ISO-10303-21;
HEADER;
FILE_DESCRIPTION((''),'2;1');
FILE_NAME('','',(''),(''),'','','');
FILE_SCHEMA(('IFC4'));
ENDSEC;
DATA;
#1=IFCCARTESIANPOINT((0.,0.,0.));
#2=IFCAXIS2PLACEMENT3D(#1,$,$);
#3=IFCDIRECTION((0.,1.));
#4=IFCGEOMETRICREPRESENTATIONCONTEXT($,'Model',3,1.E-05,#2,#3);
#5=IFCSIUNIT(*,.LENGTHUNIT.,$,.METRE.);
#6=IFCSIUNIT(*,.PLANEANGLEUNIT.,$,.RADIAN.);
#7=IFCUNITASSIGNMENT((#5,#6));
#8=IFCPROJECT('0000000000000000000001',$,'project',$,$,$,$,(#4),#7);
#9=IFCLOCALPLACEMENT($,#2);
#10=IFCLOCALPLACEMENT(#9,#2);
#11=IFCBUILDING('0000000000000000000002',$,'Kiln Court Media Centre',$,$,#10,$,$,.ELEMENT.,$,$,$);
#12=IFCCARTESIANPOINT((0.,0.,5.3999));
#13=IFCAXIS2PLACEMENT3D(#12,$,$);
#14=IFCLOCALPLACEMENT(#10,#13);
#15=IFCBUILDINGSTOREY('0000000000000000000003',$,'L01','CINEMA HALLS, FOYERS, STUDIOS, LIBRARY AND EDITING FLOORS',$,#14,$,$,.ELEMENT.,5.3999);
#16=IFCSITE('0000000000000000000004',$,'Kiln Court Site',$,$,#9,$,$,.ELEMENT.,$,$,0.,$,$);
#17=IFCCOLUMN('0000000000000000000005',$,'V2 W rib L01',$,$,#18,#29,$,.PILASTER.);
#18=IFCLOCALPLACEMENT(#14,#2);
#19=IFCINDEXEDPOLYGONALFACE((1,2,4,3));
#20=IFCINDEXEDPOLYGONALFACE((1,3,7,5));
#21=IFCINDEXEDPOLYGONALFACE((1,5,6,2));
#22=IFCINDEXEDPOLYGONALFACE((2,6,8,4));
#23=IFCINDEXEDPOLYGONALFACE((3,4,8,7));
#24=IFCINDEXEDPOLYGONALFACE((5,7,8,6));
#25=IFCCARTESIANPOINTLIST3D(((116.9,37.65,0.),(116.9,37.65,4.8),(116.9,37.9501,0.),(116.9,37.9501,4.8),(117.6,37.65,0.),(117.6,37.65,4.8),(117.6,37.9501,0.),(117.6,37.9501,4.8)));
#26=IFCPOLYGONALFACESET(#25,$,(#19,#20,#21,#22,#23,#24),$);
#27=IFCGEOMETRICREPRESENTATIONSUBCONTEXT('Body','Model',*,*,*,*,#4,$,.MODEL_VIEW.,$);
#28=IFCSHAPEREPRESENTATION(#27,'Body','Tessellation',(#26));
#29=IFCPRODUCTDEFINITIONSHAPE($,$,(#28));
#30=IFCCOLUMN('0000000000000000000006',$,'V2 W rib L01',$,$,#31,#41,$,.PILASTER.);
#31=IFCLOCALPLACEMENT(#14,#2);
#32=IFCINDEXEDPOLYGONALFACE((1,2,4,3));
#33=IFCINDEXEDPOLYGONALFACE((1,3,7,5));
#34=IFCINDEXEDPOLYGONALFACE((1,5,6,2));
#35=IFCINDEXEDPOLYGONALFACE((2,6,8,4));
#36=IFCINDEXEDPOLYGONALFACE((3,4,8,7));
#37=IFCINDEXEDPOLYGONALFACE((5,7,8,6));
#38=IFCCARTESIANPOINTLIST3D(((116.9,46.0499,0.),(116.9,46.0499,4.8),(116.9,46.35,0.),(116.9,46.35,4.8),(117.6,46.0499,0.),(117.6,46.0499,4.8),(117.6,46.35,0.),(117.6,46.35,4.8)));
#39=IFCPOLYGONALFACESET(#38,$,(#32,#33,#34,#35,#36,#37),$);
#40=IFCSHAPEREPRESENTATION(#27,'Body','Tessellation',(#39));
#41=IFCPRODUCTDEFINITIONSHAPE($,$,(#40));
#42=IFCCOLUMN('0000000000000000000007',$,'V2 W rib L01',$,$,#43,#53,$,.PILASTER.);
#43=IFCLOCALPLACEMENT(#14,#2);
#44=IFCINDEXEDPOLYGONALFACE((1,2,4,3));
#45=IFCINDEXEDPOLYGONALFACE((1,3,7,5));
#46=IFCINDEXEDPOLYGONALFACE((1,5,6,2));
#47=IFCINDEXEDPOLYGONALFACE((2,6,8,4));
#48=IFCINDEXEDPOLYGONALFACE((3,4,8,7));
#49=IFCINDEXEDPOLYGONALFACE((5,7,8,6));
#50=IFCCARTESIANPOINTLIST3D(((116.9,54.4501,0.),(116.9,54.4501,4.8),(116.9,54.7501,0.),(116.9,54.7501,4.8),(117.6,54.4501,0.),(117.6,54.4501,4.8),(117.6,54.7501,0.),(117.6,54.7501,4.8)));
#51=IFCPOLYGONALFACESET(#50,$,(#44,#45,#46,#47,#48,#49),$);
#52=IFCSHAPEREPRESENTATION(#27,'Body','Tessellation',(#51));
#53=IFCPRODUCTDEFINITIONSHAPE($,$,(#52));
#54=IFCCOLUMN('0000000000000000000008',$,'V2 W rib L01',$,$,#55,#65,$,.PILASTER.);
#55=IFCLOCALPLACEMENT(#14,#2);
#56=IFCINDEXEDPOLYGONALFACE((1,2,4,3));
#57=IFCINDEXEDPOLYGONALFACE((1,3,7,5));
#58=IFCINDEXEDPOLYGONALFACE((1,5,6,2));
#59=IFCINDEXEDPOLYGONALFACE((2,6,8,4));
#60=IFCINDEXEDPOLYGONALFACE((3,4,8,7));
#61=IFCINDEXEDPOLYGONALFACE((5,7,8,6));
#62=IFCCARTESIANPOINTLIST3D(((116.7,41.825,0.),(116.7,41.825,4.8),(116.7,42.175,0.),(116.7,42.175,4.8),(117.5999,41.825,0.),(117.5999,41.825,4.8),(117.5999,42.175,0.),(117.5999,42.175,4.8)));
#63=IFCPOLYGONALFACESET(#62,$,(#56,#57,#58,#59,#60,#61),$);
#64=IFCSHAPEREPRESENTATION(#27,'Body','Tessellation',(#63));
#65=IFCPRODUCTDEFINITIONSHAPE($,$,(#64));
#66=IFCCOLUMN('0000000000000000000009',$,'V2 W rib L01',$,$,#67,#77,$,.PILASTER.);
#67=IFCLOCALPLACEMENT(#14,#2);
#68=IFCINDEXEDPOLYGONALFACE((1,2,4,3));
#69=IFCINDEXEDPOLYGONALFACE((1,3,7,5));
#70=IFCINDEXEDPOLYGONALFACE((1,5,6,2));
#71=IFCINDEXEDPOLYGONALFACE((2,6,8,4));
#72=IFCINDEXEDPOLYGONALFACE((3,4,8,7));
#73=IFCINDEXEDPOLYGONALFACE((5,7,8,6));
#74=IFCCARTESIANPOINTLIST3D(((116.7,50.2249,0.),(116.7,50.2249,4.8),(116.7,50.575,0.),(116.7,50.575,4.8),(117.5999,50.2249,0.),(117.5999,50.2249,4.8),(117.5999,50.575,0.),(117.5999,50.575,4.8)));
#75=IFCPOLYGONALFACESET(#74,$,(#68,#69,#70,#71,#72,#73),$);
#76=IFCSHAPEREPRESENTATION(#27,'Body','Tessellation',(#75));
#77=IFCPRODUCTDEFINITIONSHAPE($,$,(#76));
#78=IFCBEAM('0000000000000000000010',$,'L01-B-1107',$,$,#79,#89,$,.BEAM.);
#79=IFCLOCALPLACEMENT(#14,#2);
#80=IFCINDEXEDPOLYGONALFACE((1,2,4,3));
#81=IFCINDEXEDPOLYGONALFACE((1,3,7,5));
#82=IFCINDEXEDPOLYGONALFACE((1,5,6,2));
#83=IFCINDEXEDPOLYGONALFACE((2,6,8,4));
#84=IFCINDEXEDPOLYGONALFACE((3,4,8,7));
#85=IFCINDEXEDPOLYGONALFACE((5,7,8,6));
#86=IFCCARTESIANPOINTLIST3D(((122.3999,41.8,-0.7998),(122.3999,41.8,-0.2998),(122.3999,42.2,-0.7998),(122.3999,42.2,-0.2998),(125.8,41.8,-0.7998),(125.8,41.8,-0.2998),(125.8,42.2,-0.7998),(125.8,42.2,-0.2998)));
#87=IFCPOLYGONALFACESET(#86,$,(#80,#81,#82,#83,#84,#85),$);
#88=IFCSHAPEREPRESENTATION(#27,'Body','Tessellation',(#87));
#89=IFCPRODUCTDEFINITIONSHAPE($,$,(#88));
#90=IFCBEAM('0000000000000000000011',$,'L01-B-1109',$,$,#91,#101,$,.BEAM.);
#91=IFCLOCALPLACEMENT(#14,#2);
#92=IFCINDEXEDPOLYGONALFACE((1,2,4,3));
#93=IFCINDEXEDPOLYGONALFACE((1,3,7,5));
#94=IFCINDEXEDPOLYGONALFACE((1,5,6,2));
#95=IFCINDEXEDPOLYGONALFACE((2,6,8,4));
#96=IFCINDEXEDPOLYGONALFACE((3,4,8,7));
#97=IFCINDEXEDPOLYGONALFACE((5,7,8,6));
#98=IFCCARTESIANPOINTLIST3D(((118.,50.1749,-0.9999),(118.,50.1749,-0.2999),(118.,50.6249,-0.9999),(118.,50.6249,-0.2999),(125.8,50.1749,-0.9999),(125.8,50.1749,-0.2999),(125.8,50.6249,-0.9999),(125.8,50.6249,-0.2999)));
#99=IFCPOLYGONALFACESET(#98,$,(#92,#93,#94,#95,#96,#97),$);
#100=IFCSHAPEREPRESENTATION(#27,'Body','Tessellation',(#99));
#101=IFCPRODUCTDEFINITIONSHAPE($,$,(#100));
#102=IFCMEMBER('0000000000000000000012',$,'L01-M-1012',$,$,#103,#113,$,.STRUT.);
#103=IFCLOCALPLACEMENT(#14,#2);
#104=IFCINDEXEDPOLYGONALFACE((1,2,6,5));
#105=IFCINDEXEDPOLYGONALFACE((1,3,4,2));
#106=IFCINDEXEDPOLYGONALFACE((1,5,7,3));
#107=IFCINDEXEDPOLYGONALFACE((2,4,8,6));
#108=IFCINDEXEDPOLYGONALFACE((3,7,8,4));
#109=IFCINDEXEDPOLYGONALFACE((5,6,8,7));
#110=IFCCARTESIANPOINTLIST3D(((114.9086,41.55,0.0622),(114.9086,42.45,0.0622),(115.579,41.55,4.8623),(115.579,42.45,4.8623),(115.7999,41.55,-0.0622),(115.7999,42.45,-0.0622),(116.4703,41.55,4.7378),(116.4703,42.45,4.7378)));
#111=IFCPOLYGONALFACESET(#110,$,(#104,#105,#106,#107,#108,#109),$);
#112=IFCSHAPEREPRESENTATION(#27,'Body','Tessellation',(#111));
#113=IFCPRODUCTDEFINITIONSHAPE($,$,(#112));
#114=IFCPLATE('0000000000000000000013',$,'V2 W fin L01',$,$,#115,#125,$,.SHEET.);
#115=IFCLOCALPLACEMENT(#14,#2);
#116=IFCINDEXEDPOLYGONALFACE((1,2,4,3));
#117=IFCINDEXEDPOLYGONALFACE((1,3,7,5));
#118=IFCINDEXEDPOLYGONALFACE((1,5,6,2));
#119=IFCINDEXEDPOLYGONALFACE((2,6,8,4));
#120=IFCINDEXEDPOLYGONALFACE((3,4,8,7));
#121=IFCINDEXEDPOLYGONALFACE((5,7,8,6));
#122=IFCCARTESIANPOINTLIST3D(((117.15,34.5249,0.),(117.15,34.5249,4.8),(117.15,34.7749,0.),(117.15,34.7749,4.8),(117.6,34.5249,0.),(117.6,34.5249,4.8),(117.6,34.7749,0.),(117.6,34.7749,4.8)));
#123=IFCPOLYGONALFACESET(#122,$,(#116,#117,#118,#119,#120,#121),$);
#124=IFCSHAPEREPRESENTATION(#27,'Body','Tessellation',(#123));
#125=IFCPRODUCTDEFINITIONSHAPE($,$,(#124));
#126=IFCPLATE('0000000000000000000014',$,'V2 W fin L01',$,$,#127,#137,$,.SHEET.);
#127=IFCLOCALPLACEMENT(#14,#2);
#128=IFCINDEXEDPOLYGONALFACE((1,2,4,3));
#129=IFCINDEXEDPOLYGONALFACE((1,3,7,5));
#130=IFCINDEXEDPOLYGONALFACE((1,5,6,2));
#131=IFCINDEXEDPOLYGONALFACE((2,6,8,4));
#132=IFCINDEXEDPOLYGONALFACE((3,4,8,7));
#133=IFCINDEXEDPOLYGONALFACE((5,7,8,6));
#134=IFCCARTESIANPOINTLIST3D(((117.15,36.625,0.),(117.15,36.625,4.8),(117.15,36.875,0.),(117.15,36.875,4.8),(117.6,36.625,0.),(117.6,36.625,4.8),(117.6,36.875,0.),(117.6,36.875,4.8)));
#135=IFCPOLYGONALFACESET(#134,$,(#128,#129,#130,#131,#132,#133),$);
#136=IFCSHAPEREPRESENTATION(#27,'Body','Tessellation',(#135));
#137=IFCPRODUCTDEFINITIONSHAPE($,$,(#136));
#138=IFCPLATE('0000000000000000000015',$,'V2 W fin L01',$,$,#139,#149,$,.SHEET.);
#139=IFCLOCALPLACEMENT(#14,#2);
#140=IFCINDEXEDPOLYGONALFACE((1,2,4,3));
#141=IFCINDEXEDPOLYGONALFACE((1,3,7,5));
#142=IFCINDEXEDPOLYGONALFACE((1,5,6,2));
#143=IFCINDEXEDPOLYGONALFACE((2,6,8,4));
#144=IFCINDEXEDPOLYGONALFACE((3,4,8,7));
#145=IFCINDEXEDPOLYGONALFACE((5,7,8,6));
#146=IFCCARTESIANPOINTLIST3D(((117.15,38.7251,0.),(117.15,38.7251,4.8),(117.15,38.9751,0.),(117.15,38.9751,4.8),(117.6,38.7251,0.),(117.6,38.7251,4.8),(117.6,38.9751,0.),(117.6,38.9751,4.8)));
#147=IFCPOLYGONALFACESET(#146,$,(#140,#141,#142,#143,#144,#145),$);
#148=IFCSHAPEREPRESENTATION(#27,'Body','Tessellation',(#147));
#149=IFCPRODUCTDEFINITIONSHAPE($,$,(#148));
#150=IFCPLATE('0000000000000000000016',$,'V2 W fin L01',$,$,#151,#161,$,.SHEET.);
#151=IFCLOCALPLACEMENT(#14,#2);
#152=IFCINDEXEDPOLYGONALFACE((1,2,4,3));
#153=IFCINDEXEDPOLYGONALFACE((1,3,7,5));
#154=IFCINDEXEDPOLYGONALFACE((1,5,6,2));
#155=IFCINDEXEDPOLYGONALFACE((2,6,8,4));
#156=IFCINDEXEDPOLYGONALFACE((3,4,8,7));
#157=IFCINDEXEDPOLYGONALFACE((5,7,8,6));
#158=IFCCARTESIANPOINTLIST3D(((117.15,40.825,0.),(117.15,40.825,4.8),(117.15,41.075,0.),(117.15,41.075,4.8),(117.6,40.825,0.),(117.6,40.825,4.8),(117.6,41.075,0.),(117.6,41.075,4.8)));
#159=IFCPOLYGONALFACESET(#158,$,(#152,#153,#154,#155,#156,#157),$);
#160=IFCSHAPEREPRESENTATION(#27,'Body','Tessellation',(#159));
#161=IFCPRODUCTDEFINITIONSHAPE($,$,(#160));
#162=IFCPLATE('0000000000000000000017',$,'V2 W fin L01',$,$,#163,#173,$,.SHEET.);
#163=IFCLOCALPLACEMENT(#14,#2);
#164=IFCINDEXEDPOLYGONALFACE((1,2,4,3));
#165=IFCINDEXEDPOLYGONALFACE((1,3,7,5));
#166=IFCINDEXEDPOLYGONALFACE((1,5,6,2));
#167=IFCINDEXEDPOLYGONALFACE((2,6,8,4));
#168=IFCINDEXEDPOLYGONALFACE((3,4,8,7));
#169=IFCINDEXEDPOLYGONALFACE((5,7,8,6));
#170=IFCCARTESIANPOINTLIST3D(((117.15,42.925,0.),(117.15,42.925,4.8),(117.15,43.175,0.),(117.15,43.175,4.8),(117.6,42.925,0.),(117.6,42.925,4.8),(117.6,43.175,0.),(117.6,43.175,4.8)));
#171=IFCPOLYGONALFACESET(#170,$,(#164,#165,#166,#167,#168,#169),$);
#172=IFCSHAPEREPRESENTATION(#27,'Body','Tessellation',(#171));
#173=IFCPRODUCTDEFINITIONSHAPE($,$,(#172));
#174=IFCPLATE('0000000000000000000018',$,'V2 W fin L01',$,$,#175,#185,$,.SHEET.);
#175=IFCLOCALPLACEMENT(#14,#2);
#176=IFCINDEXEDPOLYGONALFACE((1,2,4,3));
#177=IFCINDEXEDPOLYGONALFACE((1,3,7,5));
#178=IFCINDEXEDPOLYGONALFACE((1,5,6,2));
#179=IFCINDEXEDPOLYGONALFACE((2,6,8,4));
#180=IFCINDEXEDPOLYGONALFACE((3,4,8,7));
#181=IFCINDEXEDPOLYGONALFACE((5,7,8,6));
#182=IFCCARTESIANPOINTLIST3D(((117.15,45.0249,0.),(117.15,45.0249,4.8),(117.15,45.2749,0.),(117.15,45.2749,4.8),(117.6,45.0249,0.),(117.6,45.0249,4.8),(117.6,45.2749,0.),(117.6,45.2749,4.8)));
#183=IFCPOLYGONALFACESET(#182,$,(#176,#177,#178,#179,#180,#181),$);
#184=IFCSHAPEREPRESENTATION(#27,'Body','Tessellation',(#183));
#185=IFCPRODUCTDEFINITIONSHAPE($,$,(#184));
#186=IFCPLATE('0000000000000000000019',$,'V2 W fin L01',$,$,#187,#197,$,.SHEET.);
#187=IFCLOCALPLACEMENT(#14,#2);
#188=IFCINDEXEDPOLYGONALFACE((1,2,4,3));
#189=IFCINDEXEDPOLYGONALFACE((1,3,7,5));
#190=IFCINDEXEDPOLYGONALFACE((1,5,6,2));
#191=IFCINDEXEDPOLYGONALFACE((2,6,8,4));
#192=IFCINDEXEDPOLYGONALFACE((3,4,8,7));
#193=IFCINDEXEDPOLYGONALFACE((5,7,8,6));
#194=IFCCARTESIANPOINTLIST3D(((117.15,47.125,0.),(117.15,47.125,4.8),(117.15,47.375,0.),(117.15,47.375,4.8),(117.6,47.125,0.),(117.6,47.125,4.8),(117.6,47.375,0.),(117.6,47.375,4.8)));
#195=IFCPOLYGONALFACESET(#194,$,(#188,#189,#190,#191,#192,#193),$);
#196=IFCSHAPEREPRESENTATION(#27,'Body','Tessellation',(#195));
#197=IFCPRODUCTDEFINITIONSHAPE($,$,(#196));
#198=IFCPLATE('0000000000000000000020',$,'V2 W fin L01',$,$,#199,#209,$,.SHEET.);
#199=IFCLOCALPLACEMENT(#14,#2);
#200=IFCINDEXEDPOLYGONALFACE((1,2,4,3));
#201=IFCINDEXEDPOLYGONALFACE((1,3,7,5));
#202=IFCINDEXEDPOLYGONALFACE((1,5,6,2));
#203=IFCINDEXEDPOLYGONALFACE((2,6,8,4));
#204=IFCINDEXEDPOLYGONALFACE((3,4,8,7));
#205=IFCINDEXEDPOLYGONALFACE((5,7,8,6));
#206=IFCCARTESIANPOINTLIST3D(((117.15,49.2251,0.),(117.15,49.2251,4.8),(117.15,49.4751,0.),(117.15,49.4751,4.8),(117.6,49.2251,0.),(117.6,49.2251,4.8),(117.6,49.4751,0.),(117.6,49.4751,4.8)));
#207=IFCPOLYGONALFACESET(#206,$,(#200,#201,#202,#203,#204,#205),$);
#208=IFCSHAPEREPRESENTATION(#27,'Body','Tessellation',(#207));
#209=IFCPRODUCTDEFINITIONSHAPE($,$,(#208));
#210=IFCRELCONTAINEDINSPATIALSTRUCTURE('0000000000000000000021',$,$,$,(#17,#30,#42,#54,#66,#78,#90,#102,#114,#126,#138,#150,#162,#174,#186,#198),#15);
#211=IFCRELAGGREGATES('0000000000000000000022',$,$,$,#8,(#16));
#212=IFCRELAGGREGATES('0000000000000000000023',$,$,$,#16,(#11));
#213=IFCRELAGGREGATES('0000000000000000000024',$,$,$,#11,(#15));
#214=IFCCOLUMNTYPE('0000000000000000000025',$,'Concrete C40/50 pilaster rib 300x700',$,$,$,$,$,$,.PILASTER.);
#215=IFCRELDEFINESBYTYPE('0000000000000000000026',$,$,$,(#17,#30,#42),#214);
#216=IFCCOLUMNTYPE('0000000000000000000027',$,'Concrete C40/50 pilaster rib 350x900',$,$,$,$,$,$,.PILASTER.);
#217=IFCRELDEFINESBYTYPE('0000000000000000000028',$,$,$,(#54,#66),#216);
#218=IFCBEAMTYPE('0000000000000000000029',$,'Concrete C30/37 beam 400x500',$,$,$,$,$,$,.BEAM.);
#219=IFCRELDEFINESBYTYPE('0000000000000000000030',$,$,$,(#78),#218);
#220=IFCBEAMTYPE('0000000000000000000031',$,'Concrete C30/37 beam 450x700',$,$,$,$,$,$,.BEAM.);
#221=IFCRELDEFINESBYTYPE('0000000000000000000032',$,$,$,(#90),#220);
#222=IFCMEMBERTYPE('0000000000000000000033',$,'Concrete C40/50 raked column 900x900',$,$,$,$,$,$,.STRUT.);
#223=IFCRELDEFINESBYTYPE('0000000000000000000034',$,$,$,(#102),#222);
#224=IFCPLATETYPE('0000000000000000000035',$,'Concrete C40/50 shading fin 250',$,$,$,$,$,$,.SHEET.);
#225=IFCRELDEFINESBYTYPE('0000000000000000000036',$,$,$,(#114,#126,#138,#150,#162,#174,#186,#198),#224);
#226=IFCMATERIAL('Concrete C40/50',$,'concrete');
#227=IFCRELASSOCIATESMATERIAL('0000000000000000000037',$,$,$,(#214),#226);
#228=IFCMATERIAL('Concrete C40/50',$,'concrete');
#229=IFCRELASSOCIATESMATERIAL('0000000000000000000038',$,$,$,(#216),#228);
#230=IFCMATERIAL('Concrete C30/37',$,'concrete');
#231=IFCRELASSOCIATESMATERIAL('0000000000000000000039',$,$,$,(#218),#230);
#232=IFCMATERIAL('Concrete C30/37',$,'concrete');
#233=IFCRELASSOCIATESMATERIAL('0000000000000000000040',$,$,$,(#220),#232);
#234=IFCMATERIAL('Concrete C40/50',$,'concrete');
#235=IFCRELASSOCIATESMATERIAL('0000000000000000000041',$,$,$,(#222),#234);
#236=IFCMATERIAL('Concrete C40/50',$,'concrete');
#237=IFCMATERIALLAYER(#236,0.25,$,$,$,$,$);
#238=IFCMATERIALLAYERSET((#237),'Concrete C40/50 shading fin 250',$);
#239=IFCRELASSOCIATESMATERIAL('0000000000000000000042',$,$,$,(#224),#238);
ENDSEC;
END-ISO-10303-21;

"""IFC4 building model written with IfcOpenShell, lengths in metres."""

from ifc_helpers import new_model, si_unit, direction, frame, origin, origin_2d, place, context, subcontext, project, spatial, rectangle, extrude, material, layer, layer_set, material_profile, profile_set, type_object, element, save


model = new_model("IFC4")

# Units and contexts
model_context = context("Model", 3, precision=1e-05, world=origin(), true_north=direction((0.0, 1.0)))
body_context = subcontext(model_context, "Body", "Model", "MODEL_VIEW")
ifc_project = project(units=[si_unit("LENGTHUNIT", "METRE"), si_unit("PLANEANGLEUNIT", "RADIAN")], contexts=[model_context])

# Site, building, storey
site_placement = place(None, origin())
site = spatial("IfcSite", under=ifc_project, at=site_placement, Name="Kiln Court Site", CompositionType="ELEMENT", RefElevation=0.0)
building_placement = place(site_placement, origin())
building = spatial("IfcBuilding", under=site, at=building_placement, Name="Kiln Court Media Centre", CompositionType="ELEMENT")
storey_placement = place(building_placement, frame((0.0, 0.0, 5.3999)))
storey = spatial("IfcBuildingStorey", under=building, at=storey_placement, Name="L01", Description="CINEMA HALLS, FOYERS, STUDIOS, LIBRARY AND EDITING FLOORS", CompositionType="ELEMENT", Elevation=5.3999)

# Columns
ifc_material_1 = material(Name="Concrete C40/50", Category="concrete")
ifc_material_profile_1 = material_profile(ifc_material_1, rectangle(XDim=0.3, YDim=0.7, at=origin_2d()), Name="RC 300x700")
ifc_profile_set_1 = profile_set([ifc_material_profile_1], Name="Concrete C40/50")
column_type_1 = type_object("IfcColumnType", Name="Concrete C40/50 pilaster rib 300x700", PredefinedType="PILASTER", material=ifc_profile_set_1)
for number, where, z_axis, x_axis, name in (
    (1, (117.25, 37.8, 0.0), (0.0, 0.0, 1.0), (0.0, 1.0, 0.0), "V2 W rib L01"),
    (2, (117.25, 46.2, 0.0), (0.0, 0.0, 1.0), (0.0, 1.0, 0.0), "V2 W rib L01"),
    (3, (117.25, 54.6001, 0.0), (0.0, 0.0, 1.0), (0.0, 1.0, 0.0), "V2 W rib L01"),
):
    element("IfcColumn", number, at=place(storey_placement, frame(where, z_axis=z_axis, x_axis=x_axis)), inside=storey, type_object=column_type_1, Name=name, PredefinedType="PILASTER", context=body_context, shape_type="SweptSolid", body=[
        extrude(rectangle(XDim=0.3, YDim=0.7, at=origin_2d()), origin(), (0.0, 0.0, 1.0), 4.8),
    ])
ifc_material_2 = material(Name="Concrete C40/50", Category="concrete")
ifc_material_profile_2 = material_profile(ifc_material_2, rectangle(XDim=0.3501, YDim=0.8999, at=origin_2d()), Name="RC 350x900")
ifc_profile_set_2 = profile_set([ifc_material_profile_2], Name="Concrete C40/50")
column_type_2 = type_object("IfcColumnType", Name="Concrete C40/50 pilaster rib 350x900", PredefinedType="PILASTER", material=ifc_profile_set_2)
for number, where, z_axis, x_axis, name in (
    (4, (117.1499, 42.0, 0.0), (0.0, 0.0, 1.0), (0.0, 1.0, 0.0), "V2 W rib L01"),
    (5, (117.1499, 50.3999, 0.0), (0.0, 0.0, 1.0), (0.0, 1.0, 0.0), "V2 W rib L01"),
):
    element("IfcColumn", number, at=place(storey_placement, frame(where, z_axis=z_axis, x_axis=x_axis)), inside=storey, type_object=column_type_2, Name=name, PredefinedType="PILASTER", context=body_context, shape_type="SweptSolid", body=[
        extrude(rectangle(XDim=0.3501, YDim=0.8999, at=origin_2d()), origin(), (0.0, 0.0, 1.0), 4.8),
    ])

# Beams
ifc_material_3 = material(Name="Concrete C30/37", Category="concrete")
ifc_material_profile_3 = material_profile(ifc_material_3, rectangle(XDim=0.3999, YDim=0.5, at=origin_2d()), Name="RC 400x500")
ifc_profile_set_3 = profile_set([ifc_material_profile_3], Name="Concrete C30/37")
beam_type_1 = type_object("IfcBeamType", Name="Concrete C30/37 beam 400x500", PredefinedType="BEAM", material=ifc_profile_set_3)
beam_1_placement = place(storey_placement, frame((122.3999, 42.0, -0.5498), z_axis=(1.0, 0.0, 0.0), x_axis=(0.0, 1.0, 0.0)))
element("IfcBeam", 6, at=beam_1_placement, inside=storey, type_object=beam_type_1, Name="L01-B-1107", PredefinedType="BEAM", context=body_context, shape_type="SweptSolid", body=[
    extrude(rectangle(XDim=0.3999, YDim=0.5, at=origin_2d()), origin(), (0.0, 0.0, 1.0), 3.4001),
])
ifc_material_4 = material(Name="Concrete C30/37", Category="concrete")
ifc_material_profile_4 = material_profile(ifc_material_4, rectangle(XDim=0.45, YDim=0.7, at=origin_2d()), Name="RC 450x700")
ifc_profile_set_4 = profile_set([ifc_material_profile_4], Name="Concrete C30/37")
beam_type_2 = type_object("IfcBeamType", Name="Concrete C30/37 beam 450x700", PredefinedType="BEAM", material=ifc_profile_set_4)
beam_2_placement = place(storey_placement, frame((118.0, 50.3999, -0.6499), z_axis=(1.0, 0.0, 0.0), x_axis=(0.0, 1.0, 0.0)))
element("IfcBeam", 7, at=beam_2_placement, inside=storey, type_object=beam_type_2, Name="L01-B-1109", PredefinedType="BEAM", context=body_context, shape_type="SweptSolid", body=[
    extrude(rectangle(XDim=0.45, YDim=0.7, at=origin_2d()), origin(), (0.0, 0.0, 1.0), 7.8),
])

# Member
ifc_material_5 = material(Name="Concrete C40/50", Category="concrete")
ifc_material_profile_5 = material_profile(ifc_material_5, rectangle(XDim=0.8999, YDim=0.8999, at=origin_2d()), Name="RC 900x900")
ifc_profile_set_5 = profile_set([ifc_material_profile_5], Name="Concrete C40/50")
member_type = type_object("IfcMemberType", Name="Concrete C40/50 raked column 900x900", PredefinedType="STRUT", material=ifc_profile_set_5)
member_placement = place(storey_placement, frame((115.3542, 42.0, 0.0), z_axis=(0.138325, 0.0, 0.990387), x_axis=(0.0, 1.0, 0.0)))
element("IfcMember", 8, at=member_placement, inside=storey, type_object=member_type, Name="L01-M-1012", PredefinedType="STRUT", context=body_context, shape_type="SweptSolid", body=[
    extrude(rectangle(XDim=0.8999, YDim=0.8999, at=origin_2d()), origin(), (0.0, 0.0, 1.0), 4.8467),
])

# Plates
ifc_material_6 = material(Name="Concrete C40/50", Category="concrete")
ifc_layer_1 = layer(ifc_material_6, 0.25)
ifc_layer_set_1 = layer_set([ifc_layer_1], Name="Concrete C40/50 shading fin 250")
plate_type = type_object("IfcPlateType", Name="Concrete C40/50 shading fin 250", PredefinedType="SHEET", material=ifc_layer_set_1)
for number, where, z_axis, x_axis, name in (
    (9, (117.375, 34.6499, 0.0), (0.0, 0.0, 1.0), (1.0, 0.0, 0.0), "V2 W fin L01"),
    (10, (117.375, 36.75, 0.0), (0.0, 0.0, 1.0), (1.0, 0.0, 0.0), "V2 W fin L01"),
    (11, (117.375, 38.8501, 0.0), (0.0, 0.0, 1.0), (1.0, 0.0, 0.0), "V2 W fin L01"),
    (12, (117.375, 40.95, 0.0), (0.0, 0.0, 1.0), (1.0, 0.0, 0.0), "V2 W fin L01"),
    (13, (117.375, 43.05, 0.0), (0.0, 0.0, 1.0), (1.0, 0.0, 0.0), "V2 W fin L01"),
    (14, (117.375, 45.1499, 0.0), (0.0, 0.0, 1.0), (1.0, 0.0, 0.0), "V2 W fin L01"),
    (15, (117.375, 47.25, 0.0), (0.0, 0.0, 1.0), (1.0, 0.0, 0.0), "V2 W fin L01"),
    (16, (117.375, 49.3501, 0.0), (0.0, 0.0, 1.0), (1.0, 0.0, 0.0), "V2 W fin L01"),
):
    element("IfcPlate", number, at=place(storey_placement, frame(where, z_axis=z_axis, x_axis=x_axis)), inside=storey, type_object=plate_type, Name=name, PredefinedType="SHEET", context=body_context, shape_type="SweptSolid", body=[
        extrude(rectangle(XDim=0.45, YDim=0.25, at=origin_2d()), origin(), (0.0, 0.0, 1.0), 4.8),
    ])

save(model, "model.ifc")
